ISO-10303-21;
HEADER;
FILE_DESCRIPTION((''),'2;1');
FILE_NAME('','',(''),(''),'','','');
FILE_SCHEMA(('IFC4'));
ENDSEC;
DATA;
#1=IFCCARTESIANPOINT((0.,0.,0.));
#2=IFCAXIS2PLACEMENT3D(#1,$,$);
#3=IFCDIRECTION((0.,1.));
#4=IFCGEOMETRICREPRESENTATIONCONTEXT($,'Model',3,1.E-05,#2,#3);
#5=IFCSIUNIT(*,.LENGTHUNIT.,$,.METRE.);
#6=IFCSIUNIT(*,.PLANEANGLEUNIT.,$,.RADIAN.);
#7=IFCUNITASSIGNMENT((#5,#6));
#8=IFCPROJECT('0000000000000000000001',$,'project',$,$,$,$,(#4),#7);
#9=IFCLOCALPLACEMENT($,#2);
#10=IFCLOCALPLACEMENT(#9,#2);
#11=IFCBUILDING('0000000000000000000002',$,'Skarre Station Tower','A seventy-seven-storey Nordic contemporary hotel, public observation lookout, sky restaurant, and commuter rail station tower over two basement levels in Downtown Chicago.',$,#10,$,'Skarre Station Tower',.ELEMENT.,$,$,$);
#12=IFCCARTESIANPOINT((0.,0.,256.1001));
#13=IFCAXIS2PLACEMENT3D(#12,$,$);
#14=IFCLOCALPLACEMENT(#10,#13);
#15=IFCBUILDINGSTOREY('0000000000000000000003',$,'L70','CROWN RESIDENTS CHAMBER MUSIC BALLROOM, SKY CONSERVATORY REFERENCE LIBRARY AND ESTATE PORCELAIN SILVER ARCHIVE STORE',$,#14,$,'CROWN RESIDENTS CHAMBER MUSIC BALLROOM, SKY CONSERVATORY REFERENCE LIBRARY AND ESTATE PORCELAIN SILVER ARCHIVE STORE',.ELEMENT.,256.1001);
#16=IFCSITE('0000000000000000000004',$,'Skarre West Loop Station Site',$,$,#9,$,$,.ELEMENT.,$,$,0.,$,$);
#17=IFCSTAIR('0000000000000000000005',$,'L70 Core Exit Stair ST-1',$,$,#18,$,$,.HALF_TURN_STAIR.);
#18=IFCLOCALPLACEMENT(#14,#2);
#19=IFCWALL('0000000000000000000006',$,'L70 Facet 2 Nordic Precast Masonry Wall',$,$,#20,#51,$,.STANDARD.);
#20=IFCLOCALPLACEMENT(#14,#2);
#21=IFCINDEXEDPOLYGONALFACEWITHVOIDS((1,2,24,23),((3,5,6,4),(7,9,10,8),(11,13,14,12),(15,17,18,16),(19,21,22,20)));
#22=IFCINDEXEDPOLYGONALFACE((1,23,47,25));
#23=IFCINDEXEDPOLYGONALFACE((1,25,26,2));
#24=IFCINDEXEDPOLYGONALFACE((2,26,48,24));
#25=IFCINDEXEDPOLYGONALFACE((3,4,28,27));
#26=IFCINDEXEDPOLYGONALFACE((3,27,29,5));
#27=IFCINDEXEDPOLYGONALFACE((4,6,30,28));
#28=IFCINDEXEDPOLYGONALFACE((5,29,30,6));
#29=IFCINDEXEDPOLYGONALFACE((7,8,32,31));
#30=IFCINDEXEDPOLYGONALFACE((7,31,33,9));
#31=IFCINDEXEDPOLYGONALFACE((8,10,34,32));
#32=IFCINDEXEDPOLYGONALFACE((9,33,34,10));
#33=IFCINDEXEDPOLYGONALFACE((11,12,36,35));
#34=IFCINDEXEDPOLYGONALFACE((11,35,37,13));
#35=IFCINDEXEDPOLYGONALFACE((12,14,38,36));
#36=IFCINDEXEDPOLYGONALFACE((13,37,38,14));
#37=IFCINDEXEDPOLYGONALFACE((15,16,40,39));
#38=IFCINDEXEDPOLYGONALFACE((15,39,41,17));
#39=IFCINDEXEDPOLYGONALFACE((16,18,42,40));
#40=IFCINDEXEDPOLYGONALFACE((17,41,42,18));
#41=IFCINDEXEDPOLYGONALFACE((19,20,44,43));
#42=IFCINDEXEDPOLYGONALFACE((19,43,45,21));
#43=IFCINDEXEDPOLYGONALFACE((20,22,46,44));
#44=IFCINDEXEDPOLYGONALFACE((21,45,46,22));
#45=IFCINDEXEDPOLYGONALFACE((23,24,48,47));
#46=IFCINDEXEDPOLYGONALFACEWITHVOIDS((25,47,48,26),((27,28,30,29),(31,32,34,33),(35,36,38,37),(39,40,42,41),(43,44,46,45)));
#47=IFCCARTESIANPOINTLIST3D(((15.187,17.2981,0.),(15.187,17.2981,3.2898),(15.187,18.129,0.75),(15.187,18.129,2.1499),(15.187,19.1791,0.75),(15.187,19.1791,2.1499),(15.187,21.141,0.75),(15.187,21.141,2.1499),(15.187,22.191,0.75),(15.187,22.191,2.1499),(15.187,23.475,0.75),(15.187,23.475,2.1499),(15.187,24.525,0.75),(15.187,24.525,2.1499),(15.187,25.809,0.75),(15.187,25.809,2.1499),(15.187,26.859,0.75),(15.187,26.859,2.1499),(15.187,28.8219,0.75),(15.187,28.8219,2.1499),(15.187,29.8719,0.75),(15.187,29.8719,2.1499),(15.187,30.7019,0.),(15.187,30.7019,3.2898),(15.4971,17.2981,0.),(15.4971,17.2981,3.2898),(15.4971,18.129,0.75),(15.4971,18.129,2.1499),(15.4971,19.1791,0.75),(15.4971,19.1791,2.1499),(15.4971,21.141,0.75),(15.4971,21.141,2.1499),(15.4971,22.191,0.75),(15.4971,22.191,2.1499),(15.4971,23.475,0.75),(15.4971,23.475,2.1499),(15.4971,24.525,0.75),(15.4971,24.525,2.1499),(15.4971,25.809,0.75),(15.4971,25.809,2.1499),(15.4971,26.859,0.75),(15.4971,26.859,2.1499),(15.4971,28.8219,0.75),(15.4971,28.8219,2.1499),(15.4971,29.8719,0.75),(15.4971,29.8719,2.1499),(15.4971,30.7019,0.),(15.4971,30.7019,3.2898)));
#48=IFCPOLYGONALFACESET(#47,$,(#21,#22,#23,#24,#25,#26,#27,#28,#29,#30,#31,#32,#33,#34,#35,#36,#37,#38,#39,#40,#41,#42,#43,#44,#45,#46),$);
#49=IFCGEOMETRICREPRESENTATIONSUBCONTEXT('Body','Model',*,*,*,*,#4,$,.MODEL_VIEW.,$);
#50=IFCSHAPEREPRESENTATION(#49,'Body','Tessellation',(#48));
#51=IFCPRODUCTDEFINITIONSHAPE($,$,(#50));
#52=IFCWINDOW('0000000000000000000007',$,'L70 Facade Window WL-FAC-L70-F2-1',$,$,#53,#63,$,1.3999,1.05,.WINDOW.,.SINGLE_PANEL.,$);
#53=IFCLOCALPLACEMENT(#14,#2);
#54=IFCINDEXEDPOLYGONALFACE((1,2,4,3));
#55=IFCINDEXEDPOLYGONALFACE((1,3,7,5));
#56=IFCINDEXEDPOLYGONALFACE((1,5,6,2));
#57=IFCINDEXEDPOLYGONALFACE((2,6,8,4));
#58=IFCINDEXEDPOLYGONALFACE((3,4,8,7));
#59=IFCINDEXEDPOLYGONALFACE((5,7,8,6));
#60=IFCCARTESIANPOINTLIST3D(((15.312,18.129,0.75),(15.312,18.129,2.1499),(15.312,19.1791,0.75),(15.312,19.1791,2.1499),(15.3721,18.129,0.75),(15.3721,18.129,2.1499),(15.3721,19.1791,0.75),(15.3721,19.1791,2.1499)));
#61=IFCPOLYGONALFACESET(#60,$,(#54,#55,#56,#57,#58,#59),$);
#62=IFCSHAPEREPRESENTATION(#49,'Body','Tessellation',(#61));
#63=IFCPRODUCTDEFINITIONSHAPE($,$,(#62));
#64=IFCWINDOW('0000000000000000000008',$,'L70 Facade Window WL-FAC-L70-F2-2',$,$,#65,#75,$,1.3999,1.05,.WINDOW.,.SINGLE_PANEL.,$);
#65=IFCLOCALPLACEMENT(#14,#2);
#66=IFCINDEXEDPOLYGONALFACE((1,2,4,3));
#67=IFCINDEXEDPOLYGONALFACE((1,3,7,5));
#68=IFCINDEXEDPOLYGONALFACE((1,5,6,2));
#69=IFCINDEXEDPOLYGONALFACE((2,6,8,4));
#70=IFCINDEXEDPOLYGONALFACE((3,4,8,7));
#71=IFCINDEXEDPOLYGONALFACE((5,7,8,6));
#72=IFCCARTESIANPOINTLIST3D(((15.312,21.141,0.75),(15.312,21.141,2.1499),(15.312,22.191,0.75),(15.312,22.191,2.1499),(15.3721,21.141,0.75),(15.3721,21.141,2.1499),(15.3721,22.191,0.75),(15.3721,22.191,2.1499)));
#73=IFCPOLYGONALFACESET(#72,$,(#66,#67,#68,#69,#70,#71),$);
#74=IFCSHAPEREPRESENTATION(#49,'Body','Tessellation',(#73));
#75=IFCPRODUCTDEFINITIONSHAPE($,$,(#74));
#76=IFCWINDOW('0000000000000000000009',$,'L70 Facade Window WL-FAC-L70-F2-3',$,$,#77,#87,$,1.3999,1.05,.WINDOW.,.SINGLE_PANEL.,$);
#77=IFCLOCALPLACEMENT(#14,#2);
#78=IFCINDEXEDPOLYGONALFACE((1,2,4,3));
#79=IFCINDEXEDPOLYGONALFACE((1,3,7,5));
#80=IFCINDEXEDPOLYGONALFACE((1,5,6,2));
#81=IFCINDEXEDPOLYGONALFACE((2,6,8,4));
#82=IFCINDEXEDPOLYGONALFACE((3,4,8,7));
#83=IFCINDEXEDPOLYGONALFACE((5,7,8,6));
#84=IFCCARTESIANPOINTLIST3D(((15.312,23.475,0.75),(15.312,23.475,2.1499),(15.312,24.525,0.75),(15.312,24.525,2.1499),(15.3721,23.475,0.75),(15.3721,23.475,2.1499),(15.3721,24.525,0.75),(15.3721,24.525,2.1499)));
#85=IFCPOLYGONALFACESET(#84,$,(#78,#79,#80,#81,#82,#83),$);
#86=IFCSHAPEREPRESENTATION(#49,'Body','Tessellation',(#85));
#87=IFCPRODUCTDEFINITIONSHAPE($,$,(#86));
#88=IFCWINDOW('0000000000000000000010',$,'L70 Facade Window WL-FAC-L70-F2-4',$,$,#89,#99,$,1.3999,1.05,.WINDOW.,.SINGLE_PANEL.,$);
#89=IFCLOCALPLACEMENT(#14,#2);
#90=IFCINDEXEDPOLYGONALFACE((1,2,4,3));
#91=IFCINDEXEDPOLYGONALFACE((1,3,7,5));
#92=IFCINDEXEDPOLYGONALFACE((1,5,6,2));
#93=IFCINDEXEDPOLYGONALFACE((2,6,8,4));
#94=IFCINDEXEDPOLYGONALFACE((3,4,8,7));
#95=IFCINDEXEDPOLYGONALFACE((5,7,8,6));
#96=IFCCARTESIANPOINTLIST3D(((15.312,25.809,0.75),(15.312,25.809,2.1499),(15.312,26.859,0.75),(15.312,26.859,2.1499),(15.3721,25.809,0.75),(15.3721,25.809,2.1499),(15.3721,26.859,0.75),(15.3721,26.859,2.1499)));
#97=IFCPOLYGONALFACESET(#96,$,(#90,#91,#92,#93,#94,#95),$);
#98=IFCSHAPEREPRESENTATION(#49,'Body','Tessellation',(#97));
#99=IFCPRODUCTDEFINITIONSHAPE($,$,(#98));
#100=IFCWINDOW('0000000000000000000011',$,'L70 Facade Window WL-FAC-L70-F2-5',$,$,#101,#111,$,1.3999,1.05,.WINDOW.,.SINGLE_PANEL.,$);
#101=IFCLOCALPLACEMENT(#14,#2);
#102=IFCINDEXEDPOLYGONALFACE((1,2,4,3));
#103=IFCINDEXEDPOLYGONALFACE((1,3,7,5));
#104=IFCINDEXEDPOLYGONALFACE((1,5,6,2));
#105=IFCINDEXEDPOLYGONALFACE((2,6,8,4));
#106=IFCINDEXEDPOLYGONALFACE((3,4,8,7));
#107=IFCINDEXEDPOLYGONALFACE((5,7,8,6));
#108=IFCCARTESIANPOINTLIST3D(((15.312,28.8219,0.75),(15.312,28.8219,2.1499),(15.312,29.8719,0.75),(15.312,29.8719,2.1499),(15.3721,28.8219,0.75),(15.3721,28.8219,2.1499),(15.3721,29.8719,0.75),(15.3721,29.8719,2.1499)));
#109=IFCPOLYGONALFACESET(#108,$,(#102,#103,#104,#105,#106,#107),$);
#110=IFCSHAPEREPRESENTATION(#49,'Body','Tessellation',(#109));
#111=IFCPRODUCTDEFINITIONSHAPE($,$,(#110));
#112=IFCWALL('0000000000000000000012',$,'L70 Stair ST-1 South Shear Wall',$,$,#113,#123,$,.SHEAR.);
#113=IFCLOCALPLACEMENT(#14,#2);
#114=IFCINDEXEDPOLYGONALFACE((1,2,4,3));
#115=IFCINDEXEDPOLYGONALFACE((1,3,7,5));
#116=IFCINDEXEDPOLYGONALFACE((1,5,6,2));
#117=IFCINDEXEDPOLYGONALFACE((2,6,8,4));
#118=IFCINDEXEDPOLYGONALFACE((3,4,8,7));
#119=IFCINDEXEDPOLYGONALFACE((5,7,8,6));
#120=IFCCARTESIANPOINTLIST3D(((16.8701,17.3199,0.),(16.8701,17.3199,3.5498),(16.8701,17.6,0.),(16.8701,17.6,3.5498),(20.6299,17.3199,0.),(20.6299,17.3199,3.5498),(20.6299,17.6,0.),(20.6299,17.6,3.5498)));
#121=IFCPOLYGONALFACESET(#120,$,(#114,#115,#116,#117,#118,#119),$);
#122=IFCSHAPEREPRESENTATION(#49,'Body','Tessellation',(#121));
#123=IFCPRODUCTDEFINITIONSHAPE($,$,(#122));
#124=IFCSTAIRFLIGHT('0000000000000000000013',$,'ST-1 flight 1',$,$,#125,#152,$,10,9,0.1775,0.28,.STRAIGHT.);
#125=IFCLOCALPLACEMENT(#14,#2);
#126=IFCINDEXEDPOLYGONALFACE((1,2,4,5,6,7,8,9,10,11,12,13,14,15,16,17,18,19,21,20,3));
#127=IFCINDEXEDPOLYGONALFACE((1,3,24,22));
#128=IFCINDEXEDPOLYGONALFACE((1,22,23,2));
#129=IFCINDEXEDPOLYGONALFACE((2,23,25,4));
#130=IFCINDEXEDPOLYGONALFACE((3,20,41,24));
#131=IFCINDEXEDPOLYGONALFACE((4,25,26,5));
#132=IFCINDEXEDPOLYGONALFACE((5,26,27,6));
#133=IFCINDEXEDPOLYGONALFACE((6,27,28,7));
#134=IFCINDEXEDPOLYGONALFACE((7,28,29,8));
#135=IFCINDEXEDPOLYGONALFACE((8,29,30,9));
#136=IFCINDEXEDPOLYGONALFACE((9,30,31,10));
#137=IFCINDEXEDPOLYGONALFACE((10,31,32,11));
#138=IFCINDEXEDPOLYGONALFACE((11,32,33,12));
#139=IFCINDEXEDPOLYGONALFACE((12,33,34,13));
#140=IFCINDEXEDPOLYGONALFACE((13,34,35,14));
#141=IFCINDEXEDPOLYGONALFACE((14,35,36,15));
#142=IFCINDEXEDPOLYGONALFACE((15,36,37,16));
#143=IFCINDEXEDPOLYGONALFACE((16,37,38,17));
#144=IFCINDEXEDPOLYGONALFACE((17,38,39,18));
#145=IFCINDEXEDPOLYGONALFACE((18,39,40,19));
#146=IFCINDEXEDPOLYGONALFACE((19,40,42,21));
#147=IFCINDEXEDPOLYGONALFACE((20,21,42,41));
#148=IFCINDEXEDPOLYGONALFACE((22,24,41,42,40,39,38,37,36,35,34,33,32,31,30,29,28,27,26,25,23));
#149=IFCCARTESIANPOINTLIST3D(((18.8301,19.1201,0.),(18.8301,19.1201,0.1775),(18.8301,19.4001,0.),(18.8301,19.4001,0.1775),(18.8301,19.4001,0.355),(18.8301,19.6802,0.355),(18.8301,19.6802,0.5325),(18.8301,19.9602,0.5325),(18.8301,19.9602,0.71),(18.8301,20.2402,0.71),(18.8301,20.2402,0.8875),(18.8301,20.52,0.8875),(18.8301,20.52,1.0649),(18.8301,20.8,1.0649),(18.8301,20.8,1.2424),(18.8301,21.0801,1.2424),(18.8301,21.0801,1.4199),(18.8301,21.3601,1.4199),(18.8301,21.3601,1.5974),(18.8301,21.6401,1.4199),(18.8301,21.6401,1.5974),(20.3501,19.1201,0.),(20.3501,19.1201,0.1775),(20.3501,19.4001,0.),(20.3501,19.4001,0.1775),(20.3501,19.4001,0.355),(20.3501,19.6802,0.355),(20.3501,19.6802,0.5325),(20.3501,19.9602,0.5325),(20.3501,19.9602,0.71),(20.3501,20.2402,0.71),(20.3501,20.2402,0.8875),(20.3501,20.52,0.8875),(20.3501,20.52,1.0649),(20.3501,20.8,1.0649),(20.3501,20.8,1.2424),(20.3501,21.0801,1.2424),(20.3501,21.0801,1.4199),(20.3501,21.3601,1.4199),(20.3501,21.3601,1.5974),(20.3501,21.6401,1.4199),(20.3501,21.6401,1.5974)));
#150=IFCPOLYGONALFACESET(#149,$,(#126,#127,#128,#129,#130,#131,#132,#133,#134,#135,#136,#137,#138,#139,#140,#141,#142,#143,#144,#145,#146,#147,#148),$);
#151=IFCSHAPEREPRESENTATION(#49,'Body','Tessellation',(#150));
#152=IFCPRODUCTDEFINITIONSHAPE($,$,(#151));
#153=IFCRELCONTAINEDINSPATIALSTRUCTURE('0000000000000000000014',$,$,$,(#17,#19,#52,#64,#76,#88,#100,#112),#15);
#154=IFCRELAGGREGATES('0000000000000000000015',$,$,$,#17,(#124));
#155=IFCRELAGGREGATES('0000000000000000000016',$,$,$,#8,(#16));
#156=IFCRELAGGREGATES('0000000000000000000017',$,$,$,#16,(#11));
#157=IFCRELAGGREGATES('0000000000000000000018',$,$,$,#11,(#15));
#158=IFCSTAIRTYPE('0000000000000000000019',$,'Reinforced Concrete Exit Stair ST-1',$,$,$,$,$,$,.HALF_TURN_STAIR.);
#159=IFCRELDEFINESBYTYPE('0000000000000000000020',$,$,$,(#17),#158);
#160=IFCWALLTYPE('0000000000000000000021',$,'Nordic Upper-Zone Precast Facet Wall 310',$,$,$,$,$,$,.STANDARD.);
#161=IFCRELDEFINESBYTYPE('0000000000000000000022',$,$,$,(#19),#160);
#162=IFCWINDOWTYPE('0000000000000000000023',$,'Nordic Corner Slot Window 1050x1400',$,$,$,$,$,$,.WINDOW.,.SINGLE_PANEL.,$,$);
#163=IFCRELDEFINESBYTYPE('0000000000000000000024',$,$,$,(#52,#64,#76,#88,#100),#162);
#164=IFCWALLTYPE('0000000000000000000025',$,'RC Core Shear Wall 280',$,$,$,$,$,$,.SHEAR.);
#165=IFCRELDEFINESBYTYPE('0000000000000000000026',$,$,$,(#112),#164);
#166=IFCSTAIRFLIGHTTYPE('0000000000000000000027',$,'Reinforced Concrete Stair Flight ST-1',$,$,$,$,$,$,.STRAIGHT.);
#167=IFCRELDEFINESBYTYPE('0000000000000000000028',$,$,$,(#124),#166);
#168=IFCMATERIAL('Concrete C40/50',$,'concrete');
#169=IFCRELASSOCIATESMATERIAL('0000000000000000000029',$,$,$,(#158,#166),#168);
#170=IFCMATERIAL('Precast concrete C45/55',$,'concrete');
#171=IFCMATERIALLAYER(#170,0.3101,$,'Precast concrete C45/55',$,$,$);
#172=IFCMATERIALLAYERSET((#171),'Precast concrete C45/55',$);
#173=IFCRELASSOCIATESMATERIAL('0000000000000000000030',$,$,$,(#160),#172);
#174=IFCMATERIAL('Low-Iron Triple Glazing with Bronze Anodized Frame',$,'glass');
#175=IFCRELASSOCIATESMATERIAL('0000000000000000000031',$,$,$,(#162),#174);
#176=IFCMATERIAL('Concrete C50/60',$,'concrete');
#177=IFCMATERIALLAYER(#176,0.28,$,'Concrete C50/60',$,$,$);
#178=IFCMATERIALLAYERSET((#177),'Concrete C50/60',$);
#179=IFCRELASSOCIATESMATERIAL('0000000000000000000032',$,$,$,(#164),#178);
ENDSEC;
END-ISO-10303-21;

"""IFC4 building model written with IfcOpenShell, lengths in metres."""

from ifc_helpers import new_model, si_unit, direction, frame, frame_2d, origin, place, context, subcontext, project, spatial, polyline, rectangle, outline, extrude, material, layer, layer_set, type_object, element, fill, aggregate, save


model = new_model("IFC4")

# Units and contexts
model_context = context("Model", 3, precision=1e-05, world=origin(), true_north=direction((0.0, 1.0)))
body_context = subcontext(model_context, "Body", "Model", "MODEL_VIEW")
ifc_project = project(units=[si_unit("LENGTHUNIT", "METRE"), si_unit("PLANEANGLEUNIT", "RADIAN")], contexts=[model_context])

# Site, building, storey
site_placement = place(None, origin())
site = spatial("IfcSite", under=ifc_project, at=site_placement, Name="Skarre West Loop Station Site", CompositionType="ELEMENT", RefElevation=0.0)
building_placement = place(site_placement, origin())
building = spatial("IfcBuilding", under=site, at=building_placement, Name="Skarre Station Tower", Description="A seventy-seven-storey Nordic contemporary hotel, public observation lookout, sky restaurant, and commuter rail station tower over two basement levels in Downtown Chicago.", LongName="Skarre Station Tower", CompositionType="ELEMENT")
storey_placement = place(building_placement, frame((0.0, 0.0, 256.1001)))
storey = spatial("IfcBuildingStorey", under=building, at=storey_placement, Name="L70", Description="CROWN RESIDENTS CHAMBER MUSIC BALLROOM, SKY CONSERVATORY REFERENCE LIBRARY AND ESTATE PORCELAIN SILVER ARCHIVE STORE", LongName="CROWN RESIDENTS CHAMBER MUSIC BALLROOM, SKY CONSERVATORY REFERENCE LIBRARY AND ESTATE PORCELAIN SILVER ARCHIVE STORE", CompositionType="ELEMENT", Elevation=256.1001)

# Stair
ifc_material_1 = material(Name="Concrete C40/50", Category="concrete")
stair_type_1 = type_object("IfcStairType", Name="Reinforced Concrete Exit Stair ST-1", PredefinedType="HALF_TURN_STAIR", material=ifc_material_1)
stair_1_placement = place(storey_placement, origin())
stair_1 = element("IfcStair", 1, at=stair_1_placement, inside=storey, type_object=stair_type_1, Name="L70 Core Exit Stair ST-1", PredefinedType="HALF_TURN_STAIR")

# Shared definitions
ifc_material_2 = material(Name="Concrete C50/60", Category="concrete")

# Shared definitions
ifc_material_3 = material(Name="Precast concrete C45/55", Category="concrete")

# Wall, openings, windows
ifc_layer_1 = layer(ifc_material_3, 0.3101, Name="Precast concrete C45/55")
ifc_layer_set_1 = layer_set([ifc_layer_1], Name="Precast concrete C45/55")
wall_type_1 = type_object("IfcWallType", Name="Nordic Upper-Zone Precast Facet Wall 310", PredefinedType="STANDARD", material=ifc_layer_set_1)
wall_1_placement = place(storey_placement, frame((15.342, 17.2981, 0.0), z_axis=(0.0, 0.0, 1.0), x_axis=(0.0, 1.0, 0.0)))
wall_1 = element("IfcWall", 2, at=wall_1_placement, inside=storey, type_object=wall_type_1, Name="L70 Facet 2 Nordic Precast Masonry Wall", PredefinedType="STANDARD", context=body_context, shape_type="SweptSolid", body=[
    extrude(rectangle(XDim=13.4038, YDim=0.3101, at=frame_2d((6.7019, 0.0))), origin(), (0.0, 0.0, 1.0), 3.2898),
])
opening_1_placement = place(wall_1_placement, frame((0.8311, 0.0, 0.75)))
opening_1 = element("IfcOpeningElement", 3, at=opening_1_placement, cuts=wall_1, PredefinedType="OPENING", context=body_context, shape_type="SweptSolid", body=[
    extrude(rectangle(XDim=1.05, YDim=1.3999, at=frame_2d((0.5249, 0.7))), frame((0.0, 0.165, 0.0), z_axis=(0.0, -1.0, 0.0), x_axis=(1.0, 0.0, 0.0)), (0.0, 0.0, 1.0), 0.3301),
])
opening_2_placement = place(wall_1_placement, frame((3.843, 0.0, 0.75)))
opening_2 = element("IfcOpeningElement", 4, at=opening_2_placement, cuts=wall_1, PredefinedType="OPENING", context=body_context, shape_type="SweptSolid", body=[
    extrude(rectangle(XDim=1.05, YDim=1.3999, at=frame_2d((0.5249, 0.7))), frame((0.0, 0.165, 0.0), z_axis=(0.0, -1.0, 0.0), x_axis=(1.0, 0.0, 0.0)), (0.0, 0.0, 1.0), 0.3301),
])
opening_3_placement = place(wall_1_placement, frame((6.177, 0.0, 0.75)))
opening_3 = element("IfcOpeningElement", 5, at=opening_3_placement, cuts=wall_1, PredefinedType="OPENING", context=body_context, shape_type="SweptSolid", body=[
    extrude(rectangle(XDim=1.05, YDim=1.3999, at=frame_2d((0.5249, 0.7))), frame((0.0, 0.165, 0.0), z_axis=(0.0, -1.0, 0.0), x_axis=(1.0, 0.0, 0.0)), (0.0, 0.0, 1.0), 0.3301),
])
opening_4_placement = place(wall_1_placement, frame((8.511, 0.0, 0.75)))
opening_4 = element("IfcOpeningElement", 6, at=opening_4_placement, cuts=wall_1, PredefinedType="OPENING", context=body_context, shape_type="SweptSolid", body=[
    extrude(rectangle(XDim=1.05, YDim=1.3999, at=frame_2d((0.5249, 0.7))), frame((0.0, 0.165, 0.0), z_axis=(0.0, -1.0, 0.0), x_axis=(1.0, 0.0, 0.0)), (0.0, 0.0, 1.0), 0.3301),
])
opening_5_placement = place(wall_1_placement, frame((11.5239, 0.0, 0.75)))
opening_5 = element("IfcOpeningElement", 7, at=opening_5_placement, cuts=wall_1, PredefinedType="OPENING", context=body_context, shape_type="SweptSolid", body=[
    extrude(rectangle(XDim=1.05, YDim=1.3999, at=frame_2d((0.5249, 0.7))), frame((0.0, 0.165, 0.0), z_axis=(0.0, -1.0, 0.0), x_axis=(1.0, 0.0, 0.0)), (0.0, 0.0, 1.0), 0.3301),
])
ifc_material_4 = material(Name="Low-Iron Triple Glazing with Bronze Anodized Frame", Category="glass")
window_type = type_object("IfcWindowType", Name="Nordic Corner Slot Window 1050x1400", PartitioningType="SINGLE_PANEL", PredefinedType="WINDOW", material=ifc_material_4)
window_1_placement = place(opening_1_placement, origin())
window_1 = element("IfcWindow", 8, at=window_1_placement, inside=storey, type_object=window_type, Name="L70 Facade Window WL-FAC-L70-F2-1", OverallHeight=1.3999, OverallWidth=1.05, PartitioningType="SINGLE_PANEL", PredefinedType="WINDOW", context=body_context, shape_type="SweptSolid", body=[
    extrude(rectangle(XDim=1.05, YDim=1.3999, at=frame_2d((0.5249, 0.7))), frame((0.0, 0.03, 0.0), z_axis=(0.0, -1.0, 0.0), x_axis=(1.0, 0.0, 0.0)), (0.0, 0.0, 1.0), 0.0601),
])
fill(opening_1, window_1)
window_2_placement = place(opening_2_placement, origin())
window_2 = element("IfcWindow", 9, at=window_2_placement, inside=storey, type_object=window_type, Name="L70 Facade Window WL-FAC-L70-F2-2", OverallHeight=1.3999, OverallWidth=1.05, PartitioningType="SINGLE_PANEL", PredefinedType="WINDOW", context=body_context, shape_type="SweptSolid", body=[
    extrude(rectangle(XDim=1.05, YDim=1.3999, at=frame_2d((0.5249, 0.7))), frame((0.0, 0.03, 0.0), z_axis=(0.0, -1.0, 0.0), x_axis=(1.0, 0.0, 0.0)), (0.0, 0.0, 1.0), 0.0601),
])
fill(opening_2, window_2)
window_3_placement = place(opening_3_placement, origin())
window_3 = element("IfcWindow", 10, at=window_3_placement, inside=storey, type_object=window_type, Name="L70 Facade Window WL-FAC-L70-F2-3", OverallHeight=1.3999, OverallWidth=1.05, PartitioningType="SINGLE_PANEL", PredefinedType="WINDOW", context=body_context, shape_type="SweptSolid", body=[
    extrude(rectangle(XDim=1.05, YDim=1.3999, at=frame_2d((0.5249, 0.7))), frame((0.0, 0.03, 0.0), z_axis=(0.0, -1.0, 0.0), x_axis=(1.0, 0.0, 0.0)), (0.0, 0.0, 1.0), 0.0601),
])
fill(opening_3, window_3)
window_4_placement = place(opening_4_placement, origin())
window_4 = element("IfcWindow", 11, at=window_4_placement, inside=storey, type_object=window_type, Name="L70 Facade Window WL-FAC-L70-F2-4", OverallHeight=1.3999, OverallWidth=1.05, PartitioningType="SINGLE_PANEL", PredefinedType="WINDOW", context=body_context, shape_type="SweptSolid", body=[
    extrude(rectangle(XDim=1.05, YDim=1.3999, at=frame_2d((0.5249, 0.7))), frame((0.0, 0.03, 0.0), z_axis=(0.0, -1.0, 0.0), x_axis=(1.0, 0.0, 0.0)), (0.0, 0.0, 1.0), 0.0601),
])
fill(opening_4, window_4)
window_5_placement = place(opening_5_placement, origin())
window_5 = element("IfcWindow", 12, at=window_5_placement, inside=storey, type_object=window_type, Name="L70 Facade Window WL-FAC-L70-F2-5", OverallHeight=1.3999, OverallWidth=1.05, PartitioningType="SINGLE_PANEL", PredefinedType="WINDOW", context=body_context, shape_type="SweptSolid", body=[
    extrude(rectangle(XDim=1.05, YDim=1.3999, at=frame_2d((0.5249, 0.7))), frame((0.0, 0.03, 0.0), z_axis=(0.0, -1.0, 0.0), x_axis=(1.0, 0.0, 0.0)), (0.0, 0.0, 1.0), 0.0601),
])
fill(opening_5, window_5)

# Wall
ifc_layer_2 = layer(ifc_material_2, 0.28, Name="Concrete C50/60")
ifc_layer_set_2 = layer_set([ifc_layer_2], Name="Concrete C50/60")
wall_type_2 = type_object("IfcWallType", Name="RC Core Shear Wall 280", PredefinedType="SHEAR", material=ifc_layer_set_2)
wall_2_placement = place(storey_placement, frame((16.8701, 17.46, 0.0), z_axis=(0.0, 0.0, 1.0), x_axis=(1.0, 0.0, 0.0)))
element("IfcWall", 13, at=wall_2_placement, inside=storey, type_object=wall_type_2, Name="L70 Stair ST-1 South Shear Wall", PredefinedType="SHEAR", context=body_context, shape_type="SweptSolid", body=[
    extrude(rectangle(XDim=3.7598, YDim=0.28, at=frame_2d((1.8799, 0.0))), origin(), (0.0, 0.0, 1.0), 3.5498),
])

# Stair flight
stair_flight_type = type_object("IfcStairFlightType", Name="Reinforced Concrete Stair Flight ST-1", PredefinedType="STRAIGHT", material=ifc_material_1)
stair_flight_placement = place(storey_placement, frame((19.5901, 19.1201, 0.0), z_axis=(0.0, 0.0, 1.0), x_axis=(0.0, 1.0, 0.0)))
stair_flight = element("IfcStairFlight", 14, at=stair_flight_placement, type_object=stair_flight_type, Name="ST-1 flight 1", NumberOfRisers=10, NumberOfTreads=9, PredefinedType="STRAIGHT", RiserHeight=0.1775, TreadLength=0.28, context=body_context, shape_type="SweptSolid", body=[
    extrude(outline(polyline([(0.0, 0.0), (0.0, 0.1775), (0.28, 0.1775), (0.28, 0.355), (0.5601, 0.355), (0.5601, 0.5325), (0.8401, 0.5325), (0.8401, 0.71), (1.1201, 0.71), (1.1201, 0.8875), (1.3999, 0.8875), (1.3999, 1.0649), (1.6799, 1.0649), (1.6799, 1.2424), (1.96, 1.2424), (1.96, 1.4199), (2.24, 1.4199), (2.24, 1.5974), (2.52, 1.5974), (2.52, 1.7749), (2.52, 1.4199), (0.28, 0.0), (0.0, 0.0)])), frame((0.0, 0.76, 0.0), z_axis=(0.0, -1.0, 0.0), x_axis=(1.0, 0.0, 0.0)), (0.0, 0.0, 1.0), 1.52),
])
aggregate(stair_1, [stair_flight])

save(model, "model.ifc")
